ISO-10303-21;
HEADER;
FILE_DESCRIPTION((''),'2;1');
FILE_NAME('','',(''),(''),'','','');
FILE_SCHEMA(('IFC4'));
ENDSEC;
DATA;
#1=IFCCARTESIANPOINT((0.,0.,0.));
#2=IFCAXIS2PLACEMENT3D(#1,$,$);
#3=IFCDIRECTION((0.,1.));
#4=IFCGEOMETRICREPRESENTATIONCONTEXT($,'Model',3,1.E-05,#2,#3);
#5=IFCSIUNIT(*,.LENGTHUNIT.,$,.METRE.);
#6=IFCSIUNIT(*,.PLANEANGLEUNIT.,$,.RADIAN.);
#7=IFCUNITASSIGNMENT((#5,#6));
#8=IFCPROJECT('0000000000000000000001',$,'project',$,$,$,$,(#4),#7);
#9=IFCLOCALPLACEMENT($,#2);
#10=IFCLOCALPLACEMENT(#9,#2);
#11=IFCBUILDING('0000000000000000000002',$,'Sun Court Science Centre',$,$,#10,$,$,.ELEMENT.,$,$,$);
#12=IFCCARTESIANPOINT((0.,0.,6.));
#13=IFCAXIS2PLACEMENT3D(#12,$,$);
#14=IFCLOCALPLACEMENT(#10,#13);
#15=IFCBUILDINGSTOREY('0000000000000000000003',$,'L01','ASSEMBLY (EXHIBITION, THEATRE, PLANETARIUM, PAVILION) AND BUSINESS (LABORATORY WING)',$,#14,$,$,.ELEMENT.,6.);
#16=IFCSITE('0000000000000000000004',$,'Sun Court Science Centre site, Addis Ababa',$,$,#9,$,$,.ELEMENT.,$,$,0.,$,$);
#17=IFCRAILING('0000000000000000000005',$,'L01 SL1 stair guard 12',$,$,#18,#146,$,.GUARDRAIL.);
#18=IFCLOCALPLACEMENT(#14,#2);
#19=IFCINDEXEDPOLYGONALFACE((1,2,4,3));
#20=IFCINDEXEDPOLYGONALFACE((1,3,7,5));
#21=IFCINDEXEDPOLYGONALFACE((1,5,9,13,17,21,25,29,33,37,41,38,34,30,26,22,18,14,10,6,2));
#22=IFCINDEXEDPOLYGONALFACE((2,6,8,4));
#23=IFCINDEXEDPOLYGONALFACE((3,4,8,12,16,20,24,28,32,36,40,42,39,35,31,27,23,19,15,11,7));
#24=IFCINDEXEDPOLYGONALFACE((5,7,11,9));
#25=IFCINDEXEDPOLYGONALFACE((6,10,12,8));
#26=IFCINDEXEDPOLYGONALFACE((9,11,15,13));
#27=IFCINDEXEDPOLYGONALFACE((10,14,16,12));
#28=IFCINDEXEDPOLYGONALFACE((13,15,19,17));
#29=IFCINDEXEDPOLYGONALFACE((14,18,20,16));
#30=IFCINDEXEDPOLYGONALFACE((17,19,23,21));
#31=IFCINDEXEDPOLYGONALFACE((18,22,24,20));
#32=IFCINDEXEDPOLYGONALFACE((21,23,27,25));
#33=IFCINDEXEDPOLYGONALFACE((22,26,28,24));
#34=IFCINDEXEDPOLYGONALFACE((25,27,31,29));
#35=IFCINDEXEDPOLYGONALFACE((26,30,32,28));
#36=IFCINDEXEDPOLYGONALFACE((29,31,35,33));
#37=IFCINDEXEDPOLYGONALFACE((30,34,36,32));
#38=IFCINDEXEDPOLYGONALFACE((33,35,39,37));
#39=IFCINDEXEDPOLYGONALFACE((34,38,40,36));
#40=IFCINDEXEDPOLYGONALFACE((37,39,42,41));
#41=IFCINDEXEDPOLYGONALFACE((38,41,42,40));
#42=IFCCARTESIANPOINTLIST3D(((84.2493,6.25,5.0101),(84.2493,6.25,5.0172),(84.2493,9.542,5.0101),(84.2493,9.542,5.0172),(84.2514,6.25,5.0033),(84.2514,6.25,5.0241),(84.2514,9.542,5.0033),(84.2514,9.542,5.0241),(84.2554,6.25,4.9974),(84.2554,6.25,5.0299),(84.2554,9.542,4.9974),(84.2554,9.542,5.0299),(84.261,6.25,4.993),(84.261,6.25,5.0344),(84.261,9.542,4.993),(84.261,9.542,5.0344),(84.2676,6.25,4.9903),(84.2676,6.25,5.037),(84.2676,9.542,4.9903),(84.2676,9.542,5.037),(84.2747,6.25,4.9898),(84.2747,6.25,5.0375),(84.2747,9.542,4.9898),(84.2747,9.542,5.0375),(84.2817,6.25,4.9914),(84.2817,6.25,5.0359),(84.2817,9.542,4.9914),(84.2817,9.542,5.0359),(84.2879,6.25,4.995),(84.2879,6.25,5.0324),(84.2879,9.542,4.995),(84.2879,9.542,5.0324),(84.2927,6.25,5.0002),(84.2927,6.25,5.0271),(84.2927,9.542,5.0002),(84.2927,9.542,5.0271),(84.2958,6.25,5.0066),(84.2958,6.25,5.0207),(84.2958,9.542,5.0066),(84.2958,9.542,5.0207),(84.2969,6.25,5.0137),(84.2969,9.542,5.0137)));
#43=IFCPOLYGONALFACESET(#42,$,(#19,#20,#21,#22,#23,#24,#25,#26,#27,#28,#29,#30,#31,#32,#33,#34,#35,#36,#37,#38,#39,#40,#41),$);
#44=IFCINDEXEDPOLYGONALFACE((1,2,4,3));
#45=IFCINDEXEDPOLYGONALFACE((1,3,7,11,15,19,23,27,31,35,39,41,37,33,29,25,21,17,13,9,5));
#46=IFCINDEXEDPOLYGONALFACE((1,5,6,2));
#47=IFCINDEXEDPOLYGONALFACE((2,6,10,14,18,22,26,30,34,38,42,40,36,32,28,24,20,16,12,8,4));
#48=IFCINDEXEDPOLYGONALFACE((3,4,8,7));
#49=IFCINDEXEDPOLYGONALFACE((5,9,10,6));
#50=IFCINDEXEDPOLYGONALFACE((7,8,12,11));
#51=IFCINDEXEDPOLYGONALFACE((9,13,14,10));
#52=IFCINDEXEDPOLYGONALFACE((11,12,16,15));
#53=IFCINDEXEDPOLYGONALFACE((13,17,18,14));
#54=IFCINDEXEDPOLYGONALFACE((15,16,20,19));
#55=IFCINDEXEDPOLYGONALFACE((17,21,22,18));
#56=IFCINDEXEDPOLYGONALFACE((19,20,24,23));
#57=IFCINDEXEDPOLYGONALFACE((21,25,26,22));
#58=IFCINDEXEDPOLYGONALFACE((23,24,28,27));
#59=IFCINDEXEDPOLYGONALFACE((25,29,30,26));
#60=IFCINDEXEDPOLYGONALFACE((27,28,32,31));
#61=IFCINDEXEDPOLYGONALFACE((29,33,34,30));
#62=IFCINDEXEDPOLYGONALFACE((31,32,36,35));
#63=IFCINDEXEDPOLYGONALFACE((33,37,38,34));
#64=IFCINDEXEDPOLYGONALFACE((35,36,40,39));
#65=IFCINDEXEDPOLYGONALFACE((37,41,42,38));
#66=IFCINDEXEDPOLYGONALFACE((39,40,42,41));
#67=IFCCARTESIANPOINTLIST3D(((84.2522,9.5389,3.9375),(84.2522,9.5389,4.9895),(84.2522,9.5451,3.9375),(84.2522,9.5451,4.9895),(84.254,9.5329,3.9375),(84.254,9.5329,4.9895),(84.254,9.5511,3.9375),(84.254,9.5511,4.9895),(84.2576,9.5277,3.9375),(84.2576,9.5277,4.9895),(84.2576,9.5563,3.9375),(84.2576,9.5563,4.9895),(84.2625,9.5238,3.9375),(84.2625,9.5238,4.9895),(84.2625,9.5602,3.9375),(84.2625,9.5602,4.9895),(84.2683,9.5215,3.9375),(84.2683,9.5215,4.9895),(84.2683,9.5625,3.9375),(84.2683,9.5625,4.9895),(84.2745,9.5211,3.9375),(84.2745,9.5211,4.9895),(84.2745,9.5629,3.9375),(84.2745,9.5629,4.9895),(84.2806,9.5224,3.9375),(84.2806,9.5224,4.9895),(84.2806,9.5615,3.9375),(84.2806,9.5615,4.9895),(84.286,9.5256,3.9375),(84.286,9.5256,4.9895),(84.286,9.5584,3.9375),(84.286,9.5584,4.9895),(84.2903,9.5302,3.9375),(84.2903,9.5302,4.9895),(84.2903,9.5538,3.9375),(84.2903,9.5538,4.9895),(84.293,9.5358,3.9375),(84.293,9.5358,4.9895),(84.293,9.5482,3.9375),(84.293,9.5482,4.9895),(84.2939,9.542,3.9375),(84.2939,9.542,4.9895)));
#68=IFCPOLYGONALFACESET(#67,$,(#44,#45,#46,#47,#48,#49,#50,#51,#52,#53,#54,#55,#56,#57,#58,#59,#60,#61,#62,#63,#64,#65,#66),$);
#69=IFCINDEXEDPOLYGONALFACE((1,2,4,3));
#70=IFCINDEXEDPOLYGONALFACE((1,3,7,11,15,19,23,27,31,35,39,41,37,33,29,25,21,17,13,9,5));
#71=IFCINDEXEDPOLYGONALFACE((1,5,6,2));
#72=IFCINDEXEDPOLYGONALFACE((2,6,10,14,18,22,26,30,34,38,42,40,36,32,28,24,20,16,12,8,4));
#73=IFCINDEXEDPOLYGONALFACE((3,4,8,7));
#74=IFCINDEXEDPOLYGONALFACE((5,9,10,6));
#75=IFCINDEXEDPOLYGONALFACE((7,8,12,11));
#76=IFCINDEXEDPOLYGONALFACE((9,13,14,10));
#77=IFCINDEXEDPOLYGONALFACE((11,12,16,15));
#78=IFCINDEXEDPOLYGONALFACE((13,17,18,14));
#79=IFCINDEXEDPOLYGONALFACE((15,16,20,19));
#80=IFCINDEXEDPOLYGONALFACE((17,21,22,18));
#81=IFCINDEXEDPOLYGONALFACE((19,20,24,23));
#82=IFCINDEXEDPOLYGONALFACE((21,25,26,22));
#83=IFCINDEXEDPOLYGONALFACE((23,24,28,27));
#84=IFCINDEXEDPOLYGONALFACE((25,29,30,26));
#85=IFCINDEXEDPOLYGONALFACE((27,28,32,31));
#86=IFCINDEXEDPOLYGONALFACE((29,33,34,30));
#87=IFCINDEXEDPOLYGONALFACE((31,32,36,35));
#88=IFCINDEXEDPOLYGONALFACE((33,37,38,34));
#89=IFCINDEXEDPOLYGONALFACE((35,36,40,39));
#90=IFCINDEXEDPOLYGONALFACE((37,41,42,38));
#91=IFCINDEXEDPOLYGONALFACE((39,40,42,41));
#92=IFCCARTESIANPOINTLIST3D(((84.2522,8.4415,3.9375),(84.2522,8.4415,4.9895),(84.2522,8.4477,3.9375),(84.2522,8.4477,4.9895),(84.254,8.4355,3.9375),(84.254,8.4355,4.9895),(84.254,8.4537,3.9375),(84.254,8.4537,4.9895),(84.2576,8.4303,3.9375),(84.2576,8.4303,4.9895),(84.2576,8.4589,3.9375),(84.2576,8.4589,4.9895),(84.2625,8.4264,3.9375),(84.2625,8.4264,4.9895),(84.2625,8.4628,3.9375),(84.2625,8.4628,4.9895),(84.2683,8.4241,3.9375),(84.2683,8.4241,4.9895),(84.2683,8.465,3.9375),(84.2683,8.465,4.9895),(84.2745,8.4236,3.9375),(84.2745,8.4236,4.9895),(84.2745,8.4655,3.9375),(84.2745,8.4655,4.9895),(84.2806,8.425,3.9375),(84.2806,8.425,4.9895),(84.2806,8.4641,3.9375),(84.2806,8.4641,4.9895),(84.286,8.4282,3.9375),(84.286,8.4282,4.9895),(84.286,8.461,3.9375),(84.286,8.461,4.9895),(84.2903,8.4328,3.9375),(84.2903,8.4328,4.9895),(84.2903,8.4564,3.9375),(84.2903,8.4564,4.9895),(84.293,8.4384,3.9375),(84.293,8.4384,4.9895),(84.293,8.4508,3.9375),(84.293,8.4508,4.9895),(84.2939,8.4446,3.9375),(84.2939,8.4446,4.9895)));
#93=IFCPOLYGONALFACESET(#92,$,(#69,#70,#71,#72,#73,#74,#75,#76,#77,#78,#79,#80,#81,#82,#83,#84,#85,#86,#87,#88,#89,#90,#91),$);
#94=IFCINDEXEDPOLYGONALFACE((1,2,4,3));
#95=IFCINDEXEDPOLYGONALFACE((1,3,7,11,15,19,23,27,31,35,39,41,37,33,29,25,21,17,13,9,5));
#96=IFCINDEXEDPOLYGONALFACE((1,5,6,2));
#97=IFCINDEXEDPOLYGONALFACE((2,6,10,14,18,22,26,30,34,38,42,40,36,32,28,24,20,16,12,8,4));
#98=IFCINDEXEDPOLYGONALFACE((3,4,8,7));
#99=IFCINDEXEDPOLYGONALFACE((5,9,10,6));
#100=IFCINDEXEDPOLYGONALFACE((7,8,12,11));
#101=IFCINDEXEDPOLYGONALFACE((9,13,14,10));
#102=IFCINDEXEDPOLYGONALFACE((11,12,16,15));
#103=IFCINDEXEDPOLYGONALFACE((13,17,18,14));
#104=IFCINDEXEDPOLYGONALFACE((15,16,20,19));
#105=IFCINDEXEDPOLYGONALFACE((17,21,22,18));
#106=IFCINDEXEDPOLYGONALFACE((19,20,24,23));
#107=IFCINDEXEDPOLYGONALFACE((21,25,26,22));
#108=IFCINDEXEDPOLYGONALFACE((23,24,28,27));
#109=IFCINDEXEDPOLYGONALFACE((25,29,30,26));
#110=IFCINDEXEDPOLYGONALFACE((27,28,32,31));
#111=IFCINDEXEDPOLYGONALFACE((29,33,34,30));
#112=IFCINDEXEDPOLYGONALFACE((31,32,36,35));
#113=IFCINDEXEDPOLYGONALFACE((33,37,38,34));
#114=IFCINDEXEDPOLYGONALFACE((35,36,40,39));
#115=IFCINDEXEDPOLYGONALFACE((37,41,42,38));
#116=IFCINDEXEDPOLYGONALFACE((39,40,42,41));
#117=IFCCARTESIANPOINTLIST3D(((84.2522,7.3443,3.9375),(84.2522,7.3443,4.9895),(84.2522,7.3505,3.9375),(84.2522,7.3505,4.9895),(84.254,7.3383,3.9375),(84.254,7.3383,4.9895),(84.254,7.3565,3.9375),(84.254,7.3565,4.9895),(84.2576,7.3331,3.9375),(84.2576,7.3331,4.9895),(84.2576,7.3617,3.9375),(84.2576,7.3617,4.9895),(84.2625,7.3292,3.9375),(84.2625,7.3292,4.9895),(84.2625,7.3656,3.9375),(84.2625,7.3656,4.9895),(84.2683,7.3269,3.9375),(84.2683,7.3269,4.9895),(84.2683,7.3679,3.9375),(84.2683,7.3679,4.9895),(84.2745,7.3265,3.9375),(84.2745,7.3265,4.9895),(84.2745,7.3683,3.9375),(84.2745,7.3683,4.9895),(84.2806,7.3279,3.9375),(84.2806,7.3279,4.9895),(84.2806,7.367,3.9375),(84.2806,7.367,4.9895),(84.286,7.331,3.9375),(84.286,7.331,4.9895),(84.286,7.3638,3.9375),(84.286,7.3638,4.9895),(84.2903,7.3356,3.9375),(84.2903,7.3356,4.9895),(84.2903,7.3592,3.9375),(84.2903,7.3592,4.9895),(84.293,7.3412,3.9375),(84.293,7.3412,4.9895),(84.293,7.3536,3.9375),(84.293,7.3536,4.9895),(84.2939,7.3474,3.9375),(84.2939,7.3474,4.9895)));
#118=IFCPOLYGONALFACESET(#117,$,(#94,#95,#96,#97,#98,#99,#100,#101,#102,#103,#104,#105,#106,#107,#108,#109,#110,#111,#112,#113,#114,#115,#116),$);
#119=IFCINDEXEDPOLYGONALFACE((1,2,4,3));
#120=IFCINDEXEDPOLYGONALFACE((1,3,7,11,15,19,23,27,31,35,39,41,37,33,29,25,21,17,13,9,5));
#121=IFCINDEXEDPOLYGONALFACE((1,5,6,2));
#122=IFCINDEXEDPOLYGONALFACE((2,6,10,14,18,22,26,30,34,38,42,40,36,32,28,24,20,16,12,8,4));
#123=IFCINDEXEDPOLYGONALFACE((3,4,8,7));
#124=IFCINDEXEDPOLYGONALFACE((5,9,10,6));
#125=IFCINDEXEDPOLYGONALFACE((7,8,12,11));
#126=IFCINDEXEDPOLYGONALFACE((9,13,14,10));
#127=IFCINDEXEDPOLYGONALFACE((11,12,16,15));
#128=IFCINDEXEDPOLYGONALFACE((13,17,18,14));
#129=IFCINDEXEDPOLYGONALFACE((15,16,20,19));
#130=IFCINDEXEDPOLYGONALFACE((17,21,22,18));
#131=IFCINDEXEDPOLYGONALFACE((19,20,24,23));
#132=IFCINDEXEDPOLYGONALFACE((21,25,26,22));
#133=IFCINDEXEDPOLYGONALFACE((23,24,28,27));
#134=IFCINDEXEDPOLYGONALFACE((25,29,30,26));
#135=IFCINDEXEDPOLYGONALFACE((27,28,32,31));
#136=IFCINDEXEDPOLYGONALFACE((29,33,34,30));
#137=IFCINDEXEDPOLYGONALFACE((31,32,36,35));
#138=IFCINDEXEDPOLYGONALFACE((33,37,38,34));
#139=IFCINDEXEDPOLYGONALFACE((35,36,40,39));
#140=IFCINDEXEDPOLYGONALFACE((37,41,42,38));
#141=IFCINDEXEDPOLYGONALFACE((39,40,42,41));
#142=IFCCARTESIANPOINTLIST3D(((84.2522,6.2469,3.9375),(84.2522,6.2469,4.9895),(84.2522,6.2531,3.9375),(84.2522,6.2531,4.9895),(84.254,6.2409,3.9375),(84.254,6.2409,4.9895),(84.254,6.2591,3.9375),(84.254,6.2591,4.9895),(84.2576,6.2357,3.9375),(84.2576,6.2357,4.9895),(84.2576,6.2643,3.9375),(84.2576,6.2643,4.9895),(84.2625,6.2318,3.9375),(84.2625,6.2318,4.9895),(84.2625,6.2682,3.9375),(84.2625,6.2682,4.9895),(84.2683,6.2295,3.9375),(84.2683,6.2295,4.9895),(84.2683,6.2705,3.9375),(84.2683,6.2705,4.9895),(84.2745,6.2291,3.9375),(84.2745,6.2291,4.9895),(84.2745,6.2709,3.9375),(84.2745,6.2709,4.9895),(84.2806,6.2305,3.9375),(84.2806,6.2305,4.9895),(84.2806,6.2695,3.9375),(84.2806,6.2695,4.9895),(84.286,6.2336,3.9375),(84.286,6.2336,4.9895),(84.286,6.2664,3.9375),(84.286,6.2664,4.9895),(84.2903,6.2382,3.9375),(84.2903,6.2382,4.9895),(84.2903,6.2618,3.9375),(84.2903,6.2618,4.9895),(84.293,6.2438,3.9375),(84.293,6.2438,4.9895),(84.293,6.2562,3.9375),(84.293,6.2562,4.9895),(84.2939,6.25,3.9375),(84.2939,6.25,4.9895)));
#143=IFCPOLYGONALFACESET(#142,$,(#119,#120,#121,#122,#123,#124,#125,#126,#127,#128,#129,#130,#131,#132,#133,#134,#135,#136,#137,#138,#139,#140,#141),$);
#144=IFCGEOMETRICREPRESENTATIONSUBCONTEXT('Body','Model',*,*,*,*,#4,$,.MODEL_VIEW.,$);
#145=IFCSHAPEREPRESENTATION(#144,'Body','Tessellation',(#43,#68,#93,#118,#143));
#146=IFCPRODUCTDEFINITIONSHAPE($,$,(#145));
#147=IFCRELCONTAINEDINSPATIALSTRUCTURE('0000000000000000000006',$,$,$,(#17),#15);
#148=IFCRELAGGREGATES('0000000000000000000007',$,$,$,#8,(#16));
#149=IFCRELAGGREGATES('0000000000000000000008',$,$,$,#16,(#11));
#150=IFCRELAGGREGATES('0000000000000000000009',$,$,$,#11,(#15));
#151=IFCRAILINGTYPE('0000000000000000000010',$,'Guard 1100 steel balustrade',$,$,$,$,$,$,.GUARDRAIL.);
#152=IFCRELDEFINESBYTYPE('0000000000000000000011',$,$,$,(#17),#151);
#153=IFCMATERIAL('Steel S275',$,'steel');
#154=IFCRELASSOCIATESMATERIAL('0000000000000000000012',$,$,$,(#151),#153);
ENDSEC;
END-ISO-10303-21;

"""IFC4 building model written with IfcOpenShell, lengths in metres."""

from ifc_helpers import new_model, si_unit, direction, frame, origin, origin_2d, place, context, subcontext, project, spatial, circle, extrude, material, type_object, element, save


model = new_model("IFC4")

# Units and contexts
model_context = context("Model", 3, precision=1e-05, world=origin(), true_north=direction((0.0, 1.0)))
body_context = subcontext(model_context, "Body", "Model", "MODEL_VIEW")
ifc_project = project(units=[si_unit("LENGTHUNIT", "METRE"), si_unit("PLANEANGLEUNIT", "RADIAN")], contexts=[model_context])

# Site, building, storey
site_placement = place(None, origin())
site = spatial("IfcSite", under=ifc_project, at=site_placement, Name="Sun Court Science Centre site, Addis Ababa", CompositionType="ELEMENT", RefElevation=0.0)
building_placement = place(site_placement, origin())
building = spatial("IfcBuilding", under=site, at=building_placement, Name="Sun Court Science Centre", CompositionType="ELEMENT")
storey_placement = place(building_placement, frame((0.0, 0.0, 6.0)))
storey = spatial("IfcBuildingStorey", under=building, at=storey_placement, Name="L01", Description="ASSEMBLY (EXHIBITION, THEATRE, PLANETARIUM, PAVILION) AND BUSINESS (LABORATORY WING)", CompositionType="ELEMENT", Elevation=6.0)

# Railing
ifc_material_1 = material(Name="Steel S275", Category="steel")
railing_type_1 = type_object("IfcRailingType", Name="Guard 1100 steel balustrade", PredefinedType="GUARDRAIL", material=ifc_material_1)
railing_1_placement = place(storey_placement, frame((84.2729, 9.542, 3.9375)))
element("IfcRailing", 1, at=railing_1_placement, inside=storey, type_object=railing_type_1, Name="L01 SL1 stair guard 12", PredefinedType="GUARDRAIL", context=body_context, shape_type="SweptSolid", body=[
    extrude(circle(Radius=0.0239, at=origin_2d()), frame((0.0, 0.0, 1.0762), z_axis=(0.0, -1.0, 0.0), x_axis=(1.0, 0.0, 0.0)), (0.0, 0.0, 1.0), 3.292),
    extrude(circle(Radius=0.021, at=origin_2d()), origin(), (0.0, 0.0, 1.0), 1.052),
    extrude(circle(Radius=0.021, at=origin_2d()), frame((0.0, -1.0974, 0.0)), (0.0, 0.0, 1.0), 1.052),
    extrude(circle(Radius=0.021, at=origin_2d()), frame((0.0, -2.1946, 0.0)), (0.0, 0.0, 1.0), 1.052),
    extrude(circle(Radius=0.021, at=origin_2d()), frame((0.0, -3.292, 0.0)), (0.0, 0.0, 1.0), 1.052),
])

save(model, "model.ifc")
